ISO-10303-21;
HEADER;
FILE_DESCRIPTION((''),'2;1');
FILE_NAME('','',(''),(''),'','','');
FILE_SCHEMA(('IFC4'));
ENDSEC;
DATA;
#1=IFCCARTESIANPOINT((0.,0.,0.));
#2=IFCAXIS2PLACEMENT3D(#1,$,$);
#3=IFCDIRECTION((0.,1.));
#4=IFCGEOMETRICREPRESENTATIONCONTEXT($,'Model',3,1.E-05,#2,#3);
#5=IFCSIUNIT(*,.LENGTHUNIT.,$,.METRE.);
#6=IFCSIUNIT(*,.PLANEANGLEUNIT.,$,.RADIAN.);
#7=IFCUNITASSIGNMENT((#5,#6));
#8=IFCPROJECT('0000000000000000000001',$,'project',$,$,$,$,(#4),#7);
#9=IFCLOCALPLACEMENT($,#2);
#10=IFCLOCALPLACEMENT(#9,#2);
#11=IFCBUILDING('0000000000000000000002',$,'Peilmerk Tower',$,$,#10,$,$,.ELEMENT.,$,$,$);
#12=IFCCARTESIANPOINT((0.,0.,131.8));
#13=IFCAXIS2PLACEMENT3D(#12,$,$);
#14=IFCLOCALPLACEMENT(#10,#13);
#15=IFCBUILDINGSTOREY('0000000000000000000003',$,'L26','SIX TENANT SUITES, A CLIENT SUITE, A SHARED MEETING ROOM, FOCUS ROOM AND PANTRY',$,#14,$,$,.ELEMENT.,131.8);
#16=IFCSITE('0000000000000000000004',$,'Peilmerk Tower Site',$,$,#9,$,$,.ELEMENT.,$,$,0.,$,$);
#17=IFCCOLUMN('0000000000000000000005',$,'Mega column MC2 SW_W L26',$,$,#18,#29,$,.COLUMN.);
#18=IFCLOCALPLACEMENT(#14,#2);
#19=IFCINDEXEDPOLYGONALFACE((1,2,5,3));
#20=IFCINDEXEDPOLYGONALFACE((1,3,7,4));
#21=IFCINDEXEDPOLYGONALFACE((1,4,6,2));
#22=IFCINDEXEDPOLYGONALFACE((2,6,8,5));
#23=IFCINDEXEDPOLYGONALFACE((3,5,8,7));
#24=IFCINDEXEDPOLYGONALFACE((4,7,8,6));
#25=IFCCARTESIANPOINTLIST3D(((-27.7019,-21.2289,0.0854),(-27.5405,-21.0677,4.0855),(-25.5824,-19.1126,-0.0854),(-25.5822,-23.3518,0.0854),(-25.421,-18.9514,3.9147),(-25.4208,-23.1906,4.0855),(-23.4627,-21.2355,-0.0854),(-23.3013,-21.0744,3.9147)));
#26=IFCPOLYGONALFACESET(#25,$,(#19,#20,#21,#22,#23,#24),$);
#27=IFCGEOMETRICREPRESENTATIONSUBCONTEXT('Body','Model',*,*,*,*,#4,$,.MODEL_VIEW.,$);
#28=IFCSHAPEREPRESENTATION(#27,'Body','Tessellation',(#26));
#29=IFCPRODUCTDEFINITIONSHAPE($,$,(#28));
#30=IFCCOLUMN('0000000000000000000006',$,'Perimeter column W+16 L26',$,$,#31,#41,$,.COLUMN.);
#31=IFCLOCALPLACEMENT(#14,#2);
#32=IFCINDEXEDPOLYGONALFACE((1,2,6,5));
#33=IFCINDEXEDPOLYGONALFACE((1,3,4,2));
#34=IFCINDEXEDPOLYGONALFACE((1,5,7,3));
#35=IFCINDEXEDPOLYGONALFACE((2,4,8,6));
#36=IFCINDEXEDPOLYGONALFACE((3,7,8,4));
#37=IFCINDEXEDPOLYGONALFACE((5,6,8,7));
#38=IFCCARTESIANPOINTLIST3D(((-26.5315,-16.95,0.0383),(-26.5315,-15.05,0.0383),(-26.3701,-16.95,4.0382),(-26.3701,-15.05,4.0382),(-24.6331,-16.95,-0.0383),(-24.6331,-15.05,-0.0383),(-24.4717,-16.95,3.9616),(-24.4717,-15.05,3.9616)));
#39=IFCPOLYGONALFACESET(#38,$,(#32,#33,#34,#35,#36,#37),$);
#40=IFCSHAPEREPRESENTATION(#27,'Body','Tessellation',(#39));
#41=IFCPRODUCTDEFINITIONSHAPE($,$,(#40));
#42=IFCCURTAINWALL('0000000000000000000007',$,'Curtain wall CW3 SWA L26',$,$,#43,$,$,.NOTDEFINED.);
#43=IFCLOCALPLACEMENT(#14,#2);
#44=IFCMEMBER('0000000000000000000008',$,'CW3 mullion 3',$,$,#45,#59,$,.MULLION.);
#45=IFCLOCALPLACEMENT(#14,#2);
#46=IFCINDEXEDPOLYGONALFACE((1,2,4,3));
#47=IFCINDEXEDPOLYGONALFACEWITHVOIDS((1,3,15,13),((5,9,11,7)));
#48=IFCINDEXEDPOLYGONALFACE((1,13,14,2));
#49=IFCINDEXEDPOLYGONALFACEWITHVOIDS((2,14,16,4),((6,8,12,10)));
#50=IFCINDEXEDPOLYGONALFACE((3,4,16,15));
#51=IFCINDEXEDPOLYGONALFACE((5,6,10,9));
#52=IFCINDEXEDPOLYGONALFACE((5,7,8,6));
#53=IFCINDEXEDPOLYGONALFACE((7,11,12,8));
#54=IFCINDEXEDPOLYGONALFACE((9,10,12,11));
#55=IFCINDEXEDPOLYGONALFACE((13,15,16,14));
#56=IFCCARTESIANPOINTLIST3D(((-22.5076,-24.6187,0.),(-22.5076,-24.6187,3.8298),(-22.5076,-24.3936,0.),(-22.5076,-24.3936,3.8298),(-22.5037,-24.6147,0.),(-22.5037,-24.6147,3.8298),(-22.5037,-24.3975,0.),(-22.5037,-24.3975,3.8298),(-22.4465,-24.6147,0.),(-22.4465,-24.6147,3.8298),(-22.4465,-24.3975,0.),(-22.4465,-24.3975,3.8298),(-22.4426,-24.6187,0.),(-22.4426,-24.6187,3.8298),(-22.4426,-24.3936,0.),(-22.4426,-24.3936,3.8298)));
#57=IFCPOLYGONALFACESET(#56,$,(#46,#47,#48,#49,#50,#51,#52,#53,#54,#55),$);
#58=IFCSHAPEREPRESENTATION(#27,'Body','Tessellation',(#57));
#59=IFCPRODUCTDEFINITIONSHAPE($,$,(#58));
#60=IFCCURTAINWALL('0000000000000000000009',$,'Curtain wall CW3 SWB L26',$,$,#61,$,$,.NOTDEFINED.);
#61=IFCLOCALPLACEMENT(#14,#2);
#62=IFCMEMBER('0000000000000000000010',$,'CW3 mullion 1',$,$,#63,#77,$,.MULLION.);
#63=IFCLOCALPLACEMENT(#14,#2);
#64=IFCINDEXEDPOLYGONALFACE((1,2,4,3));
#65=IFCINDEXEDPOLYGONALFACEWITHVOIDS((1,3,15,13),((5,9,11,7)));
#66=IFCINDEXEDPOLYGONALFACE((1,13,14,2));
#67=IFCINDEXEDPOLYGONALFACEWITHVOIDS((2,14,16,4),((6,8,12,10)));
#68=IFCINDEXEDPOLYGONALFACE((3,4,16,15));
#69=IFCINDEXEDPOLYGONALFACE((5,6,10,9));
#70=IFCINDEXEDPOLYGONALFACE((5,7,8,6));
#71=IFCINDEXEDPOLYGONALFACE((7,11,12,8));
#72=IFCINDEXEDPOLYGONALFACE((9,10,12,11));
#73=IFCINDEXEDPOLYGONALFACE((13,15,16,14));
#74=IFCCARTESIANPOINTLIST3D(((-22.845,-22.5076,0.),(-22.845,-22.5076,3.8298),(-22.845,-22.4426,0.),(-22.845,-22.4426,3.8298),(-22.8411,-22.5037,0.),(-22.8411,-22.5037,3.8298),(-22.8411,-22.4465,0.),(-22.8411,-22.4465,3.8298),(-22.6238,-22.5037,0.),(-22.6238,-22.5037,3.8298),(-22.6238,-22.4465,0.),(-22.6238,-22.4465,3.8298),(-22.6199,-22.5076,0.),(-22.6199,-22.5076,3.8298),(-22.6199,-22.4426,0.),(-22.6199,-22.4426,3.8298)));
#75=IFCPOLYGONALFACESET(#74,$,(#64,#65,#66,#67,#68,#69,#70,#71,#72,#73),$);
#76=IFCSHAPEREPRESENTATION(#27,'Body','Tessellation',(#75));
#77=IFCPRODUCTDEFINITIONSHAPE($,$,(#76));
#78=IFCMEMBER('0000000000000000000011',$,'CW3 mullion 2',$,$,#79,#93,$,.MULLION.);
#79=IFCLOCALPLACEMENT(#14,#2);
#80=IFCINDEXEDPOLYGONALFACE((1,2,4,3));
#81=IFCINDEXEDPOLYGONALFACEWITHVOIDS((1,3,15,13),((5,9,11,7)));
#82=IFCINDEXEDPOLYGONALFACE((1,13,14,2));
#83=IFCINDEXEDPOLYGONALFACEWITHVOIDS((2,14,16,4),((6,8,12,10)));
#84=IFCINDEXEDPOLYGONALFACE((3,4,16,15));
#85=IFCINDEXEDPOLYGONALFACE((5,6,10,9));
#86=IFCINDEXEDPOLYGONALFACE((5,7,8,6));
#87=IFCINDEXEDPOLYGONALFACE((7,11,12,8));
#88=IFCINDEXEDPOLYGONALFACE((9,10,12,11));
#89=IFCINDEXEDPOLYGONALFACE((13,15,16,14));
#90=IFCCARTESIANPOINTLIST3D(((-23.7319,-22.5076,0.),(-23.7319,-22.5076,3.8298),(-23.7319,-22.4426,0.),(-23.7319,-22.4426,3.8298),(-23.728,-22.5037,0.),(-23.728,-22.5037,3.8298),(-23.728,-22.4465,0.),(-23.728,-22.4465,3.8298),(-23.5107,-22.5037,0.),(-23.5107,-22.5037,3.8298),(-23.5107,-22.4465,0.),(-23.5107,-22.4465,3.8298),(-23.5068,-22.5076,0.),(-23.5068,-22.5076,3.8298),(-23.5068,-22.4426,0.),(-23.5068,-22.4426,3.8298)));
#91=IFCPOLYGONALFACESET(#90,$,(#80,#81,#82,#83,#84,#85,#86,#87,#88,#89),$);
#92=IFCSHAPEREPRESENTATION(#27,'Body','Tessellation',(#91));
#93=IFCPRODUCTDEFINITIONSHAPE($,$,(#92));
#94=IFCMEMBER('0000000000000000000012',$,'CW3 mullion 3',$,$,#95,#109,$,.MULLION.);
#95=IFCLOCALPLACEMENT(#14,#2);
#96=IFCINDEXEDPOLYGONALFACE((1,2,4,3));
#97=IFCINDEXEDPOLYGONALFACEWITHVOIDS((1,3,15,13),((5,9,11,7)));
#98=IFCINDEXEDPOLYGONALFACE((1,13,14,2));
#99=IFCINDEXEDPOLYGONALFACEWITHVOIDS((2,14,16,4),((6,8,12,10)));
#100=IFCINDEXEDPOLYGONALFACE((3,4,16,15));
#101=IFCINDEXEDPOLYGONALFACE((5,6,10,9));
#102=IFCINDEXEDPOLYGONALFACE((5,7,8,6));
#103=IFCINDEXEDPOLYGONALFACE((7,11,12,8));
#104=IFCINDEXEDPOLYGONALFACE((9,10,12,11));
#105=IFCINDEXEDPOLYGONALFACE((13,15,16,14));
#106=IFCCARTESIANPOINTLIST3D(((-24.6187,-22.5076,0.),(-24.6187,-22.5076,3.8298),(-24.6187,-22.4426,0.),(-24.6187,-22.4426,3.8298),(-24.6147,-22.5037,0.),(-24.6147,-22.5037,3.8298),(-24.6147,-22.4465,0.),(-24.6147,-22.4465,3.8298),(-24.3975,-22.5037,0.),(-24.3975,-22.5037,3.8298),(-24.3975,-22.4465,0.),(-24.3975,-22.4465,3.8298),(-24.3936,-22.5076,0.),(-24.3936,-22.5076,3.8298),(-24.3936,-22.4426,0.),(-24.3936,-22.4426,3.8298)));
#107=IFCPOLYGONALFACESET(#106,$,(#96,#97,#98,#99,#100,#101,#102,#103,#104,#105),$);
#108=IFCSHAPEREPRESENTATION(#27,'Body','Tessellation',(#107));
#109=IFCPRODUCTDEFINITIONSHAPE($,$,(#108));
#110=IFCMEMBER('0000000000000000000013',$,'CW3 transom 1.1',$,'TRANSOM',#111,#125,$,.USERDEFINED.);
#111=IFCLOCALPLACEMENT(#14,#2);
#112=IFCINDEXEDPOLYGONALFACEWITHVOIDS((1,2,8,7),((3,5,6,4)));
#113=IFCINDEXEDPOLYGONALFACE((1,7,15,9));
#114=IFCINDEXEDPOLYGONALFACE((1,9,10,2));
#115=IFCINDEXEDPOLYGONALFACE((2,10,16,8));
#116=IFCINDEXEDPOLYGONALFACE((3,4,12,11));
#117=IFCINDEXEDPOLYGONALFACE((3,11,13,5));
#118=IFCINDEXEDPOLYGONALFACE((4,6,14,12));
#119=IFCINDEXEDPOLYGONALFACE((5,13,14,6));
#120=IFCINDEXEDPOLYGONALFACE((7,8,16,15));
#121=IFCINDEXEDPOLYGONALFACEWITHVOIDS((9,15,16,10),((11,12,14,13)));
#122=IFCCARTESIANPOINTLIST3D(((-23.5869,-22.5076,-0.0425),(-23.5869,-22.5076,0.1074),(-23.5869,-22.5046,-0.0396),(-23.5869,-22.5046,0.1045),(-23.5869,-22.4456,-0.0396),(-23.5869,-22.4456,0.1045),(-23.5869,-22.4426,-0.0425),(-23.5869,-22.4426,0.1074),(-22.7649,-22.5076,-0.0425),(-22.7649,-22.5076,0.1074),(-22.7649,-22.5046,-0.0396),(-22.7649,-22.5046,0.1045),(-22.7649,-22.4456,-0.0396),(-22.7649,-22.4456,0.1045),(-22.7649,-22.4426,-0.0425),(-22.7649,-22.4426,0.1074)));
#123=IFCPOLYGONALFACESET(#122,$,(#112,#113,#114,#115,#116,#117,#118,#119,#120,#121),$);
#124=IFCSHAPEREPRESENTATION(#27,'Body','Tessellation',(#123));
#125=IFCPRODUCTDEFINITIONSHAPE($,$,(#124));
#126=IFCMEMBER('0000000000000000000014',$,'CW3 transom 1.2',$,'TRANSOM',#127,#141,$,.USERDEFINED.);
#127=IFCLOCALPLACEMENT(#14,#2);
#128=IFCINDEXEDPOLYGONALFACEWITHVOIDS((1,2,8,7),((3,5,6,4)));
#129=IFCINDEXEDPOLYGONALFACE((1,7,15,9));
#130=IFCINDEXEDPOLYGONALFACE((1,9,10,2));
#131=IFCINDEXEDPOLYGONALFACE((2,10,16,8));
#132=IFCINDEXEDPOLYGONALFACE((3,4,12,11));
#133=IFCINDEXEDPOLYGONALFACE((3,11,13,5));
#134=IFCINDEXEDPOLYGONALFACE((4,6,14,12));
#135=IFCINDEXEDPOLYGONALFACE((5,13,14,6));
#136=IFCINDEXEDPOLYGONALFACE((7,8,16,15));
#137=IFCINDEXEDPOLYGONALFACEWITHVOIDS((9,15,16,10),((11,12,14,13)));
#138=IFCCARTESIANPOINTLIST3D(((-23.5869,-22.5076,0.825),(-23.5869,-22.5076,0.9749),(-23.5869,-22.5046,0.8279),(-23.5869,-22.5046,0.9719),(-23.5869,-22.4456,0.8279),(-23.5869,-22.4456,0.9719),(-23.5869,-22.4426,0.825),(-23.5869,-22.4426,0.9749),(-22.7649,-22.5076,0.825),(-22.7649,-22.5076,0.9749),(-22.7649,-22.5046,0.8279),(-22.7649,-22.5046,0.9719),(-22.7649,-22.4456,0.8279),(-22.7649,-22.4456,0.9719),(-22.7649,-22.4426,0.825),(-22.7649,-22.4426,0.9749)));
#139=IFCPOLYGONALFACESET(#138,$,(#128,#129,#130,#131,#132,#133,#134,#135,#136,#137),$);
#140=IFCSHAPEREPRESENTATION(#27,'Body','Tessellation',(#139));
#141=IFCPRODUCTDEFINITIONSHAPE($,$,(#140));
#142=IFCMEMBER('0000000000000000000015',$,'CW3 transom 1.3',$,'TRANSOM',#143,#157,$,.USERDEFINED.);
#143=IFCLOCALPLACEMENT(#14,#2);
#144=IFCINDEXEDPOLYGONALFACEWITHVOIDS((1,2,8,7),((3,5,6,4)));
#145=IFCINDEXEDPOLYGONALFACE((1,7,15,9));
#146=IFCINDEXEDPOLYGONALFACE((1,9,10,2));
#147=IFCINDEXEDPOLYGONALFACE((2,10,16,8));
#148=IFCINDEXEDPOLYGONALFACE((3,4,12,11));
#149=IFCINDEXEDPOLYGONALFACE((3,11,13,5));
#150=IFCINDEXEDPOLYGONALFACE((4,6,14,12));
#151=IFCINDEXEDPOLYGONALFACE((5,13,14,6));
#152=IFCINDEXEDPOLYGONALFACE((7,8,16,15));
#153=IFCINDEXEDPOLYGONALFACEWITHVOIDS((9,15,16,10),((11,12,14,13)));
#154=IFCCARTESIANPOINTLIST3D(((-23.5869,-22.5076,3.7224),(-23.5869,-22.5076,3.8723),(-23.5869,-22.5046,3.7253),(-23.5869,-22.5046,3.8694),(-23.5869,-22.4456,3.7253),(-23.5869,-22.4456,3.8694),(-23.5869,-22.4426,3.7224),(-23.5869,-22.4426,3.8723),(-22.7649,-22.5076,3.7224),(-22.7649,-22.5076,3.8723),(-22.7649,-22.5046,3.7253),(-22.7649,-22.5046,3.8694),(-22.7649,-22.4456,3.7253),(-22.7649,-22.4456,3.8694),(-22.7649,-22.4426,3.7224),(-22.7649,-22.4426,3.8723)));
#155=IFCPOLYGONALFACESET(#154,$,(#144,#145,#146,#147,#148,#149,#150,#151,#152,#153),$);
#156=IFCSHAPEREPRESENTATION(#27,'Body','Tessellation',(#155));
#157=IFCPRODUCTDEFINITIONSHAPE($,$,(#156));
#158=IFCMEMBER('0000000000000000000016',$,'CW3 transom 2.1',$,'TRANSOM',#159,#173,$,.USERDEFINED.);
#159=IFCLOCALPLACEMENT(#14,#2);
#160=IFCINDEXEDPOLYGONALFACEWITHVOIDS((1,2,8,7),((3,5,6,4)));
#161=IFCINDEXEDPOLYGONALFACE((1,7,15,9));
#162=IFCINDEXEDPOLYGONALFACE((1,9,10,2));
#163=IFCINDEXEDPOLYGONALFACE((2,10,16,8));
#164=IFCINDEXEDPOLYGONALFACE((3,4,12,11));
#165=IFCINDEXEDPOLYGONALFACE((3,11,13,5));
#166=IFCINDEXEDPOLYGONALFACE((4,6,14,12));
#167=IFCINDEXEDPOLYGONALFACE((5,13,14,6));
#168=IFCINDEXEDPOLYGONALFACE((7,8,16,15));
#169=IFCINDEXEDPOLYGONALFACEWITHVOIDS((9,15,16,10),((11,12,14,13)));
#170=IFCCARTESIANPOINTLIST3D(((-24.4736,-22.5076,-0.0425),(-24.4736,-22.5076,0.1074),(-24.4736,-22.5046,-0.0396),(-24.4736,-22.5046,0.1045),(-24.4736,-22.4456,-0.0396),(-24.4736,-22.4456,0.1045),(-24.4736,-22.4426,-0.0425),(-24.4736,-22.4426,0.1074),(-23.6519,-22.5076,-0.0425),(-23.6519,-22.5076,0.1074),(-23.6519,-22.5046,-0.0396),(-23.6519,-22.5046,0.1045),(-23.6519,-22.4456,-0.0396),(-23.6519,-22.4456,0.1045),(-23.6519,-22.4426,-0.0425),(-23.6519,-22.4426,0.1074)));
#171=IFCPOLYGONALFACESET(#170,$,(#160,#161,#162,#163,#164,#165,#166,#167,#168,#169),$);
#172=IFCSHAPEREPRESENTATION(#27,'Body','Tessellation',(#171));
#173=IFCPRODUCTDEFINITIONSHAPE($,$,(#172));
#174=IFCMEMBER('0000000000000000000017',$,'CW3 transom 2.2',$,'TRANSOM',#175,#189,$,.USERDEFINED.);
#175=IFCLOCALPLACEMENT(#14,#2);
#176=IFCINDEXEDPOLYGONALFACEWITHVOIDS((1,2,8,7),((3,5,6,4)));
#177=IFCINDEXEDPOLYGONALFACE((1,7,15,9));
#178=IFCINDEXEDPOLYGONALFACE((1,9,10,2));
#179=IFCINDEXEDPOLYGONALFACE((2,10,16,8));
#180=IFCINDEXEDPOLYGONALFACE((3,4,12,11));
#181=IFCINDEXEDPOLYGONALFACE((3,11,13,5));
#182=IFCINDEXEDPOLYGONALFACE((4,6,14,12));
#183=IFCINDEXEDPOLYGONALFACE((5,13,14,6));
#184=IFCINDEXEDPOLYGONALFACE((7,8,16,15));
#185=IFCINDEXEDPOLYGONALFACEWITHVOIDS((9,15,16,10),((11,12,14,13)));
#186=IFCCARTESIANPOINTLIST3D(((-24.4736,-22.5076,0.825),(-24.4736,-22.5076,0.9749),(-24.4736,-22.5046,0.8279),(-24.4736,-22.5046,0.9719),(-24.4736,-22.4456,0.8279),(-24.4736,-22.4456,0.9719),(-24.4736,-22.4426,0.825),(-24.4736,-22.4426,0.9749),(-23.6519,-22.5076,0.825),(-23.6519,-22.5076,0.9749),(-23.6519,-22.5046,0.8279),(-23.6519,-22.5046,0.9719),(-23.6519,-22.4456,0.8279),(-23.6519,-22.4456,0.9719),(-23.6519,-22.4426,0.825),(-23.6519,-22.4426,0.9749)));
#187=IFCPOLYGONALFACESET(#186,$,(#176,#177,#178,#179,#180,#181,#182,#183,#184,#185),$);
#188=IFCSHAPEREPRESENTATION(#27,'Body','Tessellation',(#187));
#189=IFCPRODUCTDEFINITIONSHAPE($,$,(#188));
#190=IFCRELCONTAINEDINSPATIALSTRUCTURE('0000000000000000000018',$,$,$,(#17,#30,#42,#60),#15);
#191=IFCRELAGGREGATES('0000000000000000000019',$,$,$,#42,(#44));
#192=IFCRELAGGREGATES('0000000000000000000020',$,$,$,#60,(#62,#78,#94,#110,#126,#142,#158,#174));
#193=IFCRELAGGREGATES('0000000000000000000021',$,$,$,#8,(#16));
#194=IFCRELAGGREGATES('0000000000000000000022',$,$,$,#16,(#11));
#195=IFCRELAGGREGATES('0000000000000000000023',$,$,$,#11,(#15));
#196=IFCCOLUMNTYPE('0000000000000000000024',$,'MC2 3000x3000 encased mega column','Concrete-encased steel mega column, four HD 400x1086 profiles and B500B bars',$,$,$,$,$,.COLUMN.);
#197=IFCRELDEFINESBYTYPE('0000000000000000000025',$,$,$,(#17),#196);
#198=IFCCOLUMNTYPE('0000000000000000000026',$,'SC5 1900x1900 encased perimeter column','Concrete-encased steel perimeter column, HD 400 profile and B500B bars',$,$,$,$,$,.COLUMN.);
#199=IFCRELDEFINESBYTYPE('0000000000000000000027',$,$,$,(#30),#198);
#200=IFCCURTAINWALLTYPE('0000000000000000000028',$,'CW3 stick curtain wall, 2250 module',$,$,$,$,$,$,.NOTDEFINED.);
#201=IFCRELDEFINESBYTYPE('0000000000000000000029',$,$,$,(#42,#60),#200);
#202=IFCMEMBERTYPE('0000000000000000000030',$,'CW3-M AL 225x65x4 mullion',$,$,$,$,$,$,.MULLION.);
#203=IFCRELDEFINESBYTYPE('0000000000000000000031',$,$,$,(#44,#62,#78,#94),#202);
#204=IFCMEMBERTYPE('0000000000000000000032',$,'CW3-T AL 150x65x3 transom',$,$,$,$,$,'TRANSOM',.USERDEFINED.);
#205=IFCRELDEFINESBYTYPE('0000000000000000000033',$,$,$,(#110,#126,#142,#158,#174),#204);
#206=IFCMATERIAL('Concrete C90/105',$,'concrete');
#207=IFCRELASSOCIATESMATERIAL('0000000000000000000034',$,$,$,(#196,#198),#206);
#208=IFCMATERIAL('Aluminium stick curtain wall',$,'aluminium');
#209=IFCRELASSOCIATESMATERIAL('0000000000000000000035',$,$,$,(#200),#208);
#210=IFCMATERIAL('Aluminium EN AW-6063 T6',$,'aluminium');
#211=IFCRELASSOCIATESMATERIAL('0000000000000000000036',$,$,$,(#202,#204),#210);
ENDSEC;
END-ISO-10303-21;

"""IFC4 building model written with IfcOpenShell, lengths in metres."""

from ifc_helpers import new_model, si_unit, direction, frame, origin, origin_2d, place, context, subcontext, project, spatial, rectangle, hollow_rectangle, extrude, material, material_profile, profile_set, type_object, element, aggregate, save


model = new_model("IFC4")

# Units and contexts
model_context = context("Model", 3, precision=1e-05, world=origin(), true_north=direction((0.0, 1.0)))
body_context = subcontext(model_context, "Body", "Model", "MODEL_VIEW")
ifc_project = project(units=[si_unit("LENGTHUNIT", "METRE"), si_unit("PLANEANGLEUNIT", "RADIAN")], contexts=[model_context])

# Site, building, storey
site_placement = place(None, origin())
site = spatial("IfcSite", under=ifc_project, at=site_placement, Name="Peilmerk Tower Site", CompositionType="ELEMENT", RefElevation=0.0)
building_placement = place(site_placement, origin())
building = spatial("IfcBuilding", under=site, at=building_placement, Name="Peilmerk Tower", CompositionType="ELEMENT")
storey_placement = place(building_placement, frame((0.0, 0.0, 131.8)))
storey = spatial("IfcBuildingStorey", under=building, at=storey_placement, Name="L26", Description="SIX TENANT SUITES, A CLIENT SUITE, A SHARED MEETING ROOM, FOCUS ROOM AND PANTRY", CompositionType="ELEMENT", Elevation=131.8)

# Columns
ifc_material_1 = material(Name="Concrete C90/105", Category="concrete")
ifc_material_profile_1 = material_profile(ifc_material_1, rectangle(XDim=3.0, YDim=3.0, at=origin_2d()), Name="RC 3000x3000")
ifc_profile_set_1 = profile_set([ifc_material_profile_1], Name="Concrete C90/105")
column_type_1 = type_object("IfcColumnType", Name="MC2 3000x3000 encased mega column", Description="Concrete-encased steel mega column, four HD 400x1086 profiles and B500B bars", PredefinedType="COLUMN", material=ifc_profile_set_1)
column_1_placement = place(storey_placement, frame((-25.5823, -21.2322, 0.0), z_axis=(0.040279, 0.040218, 0.998379), x_axis=(-0.706571, 0.707642, 0.0)))
element("IfcColumn", 1, at=column_1_placement, inside=storey, type_object=column_type_1, Name="Mega column MC2 SW_W L26", PredefinedType="COLUMN", context=body_context, shape_type="SweptSolid", body=[
    extrude(rectangle(XDim=3.0, YDim=3.0, at=origin_2d()), origin(), (0.0, 0.0, 1.0), 4.0066),
])
ifc_material_profile_2 = material_profile(ifc_material_1, rectangle(XDim=1.8999, YDim=1.8999, at=origin_2d()), Name="RC 1900x1900")
ifc_profile_set_2 = profile_set([ifc_material_profile_2], Name="Concrete C90/105")
column_type_2 = type_object("IfcColumnType", Name="SC5 1900x1900 encased perimeter column", Description="Concrete-encased steel perimeter column, HD 400 profile and B500B bars", PredefinedType="COLUMN", material=ifc_profile_set_2)
column_2_placement = place(storey_placement, frame((-25.5823, -16.0, 0.0), z_axis=(0.040311, 0.0, 0.999187), x_axis=(0.0, 1.0, 0.0)))
element("IfcColumn", 2, at=column_2_placement, inside=storey, type_object=column_type_2, Name="Perimeter column W+16 L26", PredefinedType="COLUMN", context=body_context, shape_type="SweptSolid", body=[
    extrude(rectangle(XDim=1.8999, YDim=1.8999, at=origin_2d()), origin(), (0.0, 0.0, 1.0), 4.0032),
])

# Curtain wall, member
ifc_material_2 = material(Name="Aluminium stick curtain wall", Category="aluminium")
curtain_wall_type = type_object("IfcCurtainWallType", Name="CW3 stick curtain wall, 2250 module", PredefinedType="NOTDEFINED", material=ifc_material_2)
curtain_wall_1_placement = place(storey_placement, origin())
curtain_wall_1 = element("IfcCurtainWall", 3, at=curtain_wall_1_placement, inside=storey, type_object=curtain_wall_type, Name="Curtain wall CW3 SWA L26", PredefinedType="NOTDEFINED")
ifc_material_3 = material(Name="Aluminium EN AW-6063 T6", Category="aluminium")
ifc_material_profile_3 = material_profile(ifc_material_3, hollow_rectangle(XDim=0.0649, YDim=0.2251, WallThickness=0.0039, at=origin_2d()), Name="AL 225x65x4")
ifc_profile_set_3 = profile_set([ifc_material_profile_3], Name="Aluminium EN AW-6063 T6")
member_type_1 = type_object("IfcMemberType", Name="CW3-M AL 225x65x4 mullion", PredefinedType="MULLION", material=ifc_profile_set_3)
member_1_placement = place(storey_placement, frame((-22.4751, -24.5061, 0.0), z_axis=(0.0, 0.0, 1.0), x_axis=(1.0, 0.0, 0.0)))
member_1 = element("IfcMember", 4, at=member_1_placement, type_object=member_type_1, Name="CW3 mullion 3", PredefinedType="MULLION", context=body_context, shape_type="SweptSolid", body=[
    extrude(hollow_rectangle(XDim=0.0649, YDim=0.2251, WallThickness=0.0039, at=origin_2d()), origin(), (0.0, 0.0, 1.0), 3.8298),
])

# Curtain wall, members
curtain_wall_2_placement = place(storey_placement, origin())
curtain_wall_2 = element("IfcCurtainWall", 5, at=curtain_wall_2_placement, inside=storey, type_object=curtain_wall_type, Name="Curtain wall CW3 SWB L26", PredefinedType="NOTDEFINED")
member_2_placement = place(storey_placement, frame((-22.7324, -22.4751, 0.0), z_axis=(0.0, 0.0, 1.0), x_axis=(0.0, -1.0, 0.0)))
member_2 = element("IfcMember", 6, at=member_2_placement, type_object=member_type_1, Name="CW3 mullion 1", PredefinedType="MULLION", context=body_context, shape_type="SweptSolid", body=[
    extrude(hollow_rectangle(XDim=0.0649, YDim=0.2251, WallThickness=0.0039, at=origin_2d()), origin(), (0.0, 0.0, 1.0), 3.8298),
])
member_3_placement = place(storey_placement, frame((-23.6194, -22.4751, 0.0), z_axis=(0.0, 0.0, 1.0), x_axis=(0.0, -1.0, 0.0)))
member_3 = element("IfcMember", 7, at=member_3_placement, type_object=member_type_1, Name="CW3 mullion 2", PredefinedType="MULLION", context=body_context, shape_type="SweptSolid", body=[
    extrude(hollow_rectangle(XDim=0.0649, YDim=0.2251, WallThickness=0.0039, at=origin_2d()), origin(), (0.0, 0.0, 1.0), 3.8298),
])
member_4_placement = place(storey_placement, frame((-24.5061, -22.4751, 0.0), z_axis=(0.0, 0.0, 1.0), x_axis=(0.0, -1.0, 0.0)))
member_4 = element("IfcMember", 8, at=member_4_placement, type_object=member_type_1, Name="CW3 mullion 3", PredefinedType="MULLION", context=body_context, shape_type="SweptSolid", body=[
    extrude(hollow_rectangle(XDim=0.0649, YDim=0.2251, WallThickness=0.0039, at=origin_2d()), origin(), (0.0, 0.0, 1.0), 3.8298),
])
ifc_material_profile_4 = material_profile(ifc_material_3, hollow_rectangle(XDim=0.0649, YDim=0.1499, WallThickness=0.0029, at=origin_2d()), Name="AL 150x65x3")
ifc_profile_set_4 = profile_set([ifc_material_profile_4], Name="Aluminium EN AW-6063 T6")
member_type_2 = type_object("IfcMemberType", Name="CW3-T AL 150x65x3 transom", ElementType="TRANSOM", PredefinedType="USERDEFINED", material=ifc_profile_set_4)
member_5_placement = place(storey_placement, frame((-22.7649, -22.4751, 0.0325), z_axis=(-1.0, 0.0, 0.0), x_axis=(0.0, -1.0, 0.0)))
member_5 = element("IfcMember", 9, at=member_5_placement, type_object=member_type_2, Name="CW3 transom 1.1", ObjectType="TRANSOM", PredefinedType="USERDEFINED", context=body_context, shape_type="SweptSolid", body=[
    extrude(hollow_rectangle(XDim=0.0649, YDim=0.1499, WallThickness=0.0029, at=origin_2d()), origin(), (0.0, 0.0, 1.0), 0.822),
])
member_6_placement = place(storey_placement, frame((-22.7649, -22.4751, 0.8999), z_axis=(-1.0, 0.0, 0.0), x_axis=(0.0, -1.0, 0.0)))
member_6 = element("IfcMember", 10, at=member_6_placement, type_object=member_type_2, Name="CW3 transom 1.2", ObjectType="TRANSOM", PredefinedType="USERDEFINED", context=body_context, shape_type="SweptSolid", body=[
    extrude(hollow_rectangle(XDim=0.0649, YDim=0.1499, WallThickness=0.0029, at=origin_2d()), origin(), (0.0, 0.0, 1.0), 0.822),
])
member_7_placement = place(storey_placement, frame((-22.7649, -22.4751, 3.7974), z_axis=(-1.0, 0.0, 0.0), x_axis=(0.0, -1.0, 0.0)))
member_7 = element("IfcMember", 11, at=member_7_placement, type_object=member_type_2, Name="CW3 transom 1.3", ObjectType="TRANSOM", PredefinedType="USERDEFINED", context=body_context, shape_type="SweptSolid", body=[
    extrude(hollow_rectangle(XDim=0.0649, YDim=0.1499, WallThickness=0.0029, at=origin_2d()), origin(), (0.0, 0.0, 1.0), 0.822),
])
member_8_placement = place(storey_placement, frame((-23.6519, -22.4751, 0.0325), z_axis=(-1.0, 0.0, 0.0), x_axis=(0.0, -1.0, 0.0)))
member_8 = element("IfcMember", 12, at=member_8_placement, type_object=member_type_2, Name="CW3 transom 2.1", ObjectType="TRANSOM", PredefinedType="USERDEFINED", context=body_context, shape_type="SweptSolid", body=[
    extrude(hollow_rectangle(XDim=0.0649, YDim=0.1499, WallThickness=0.0029, at=origin_2d()), origin(), (0.0, 0.0, 1.0), 0.8218),
])
member_9_placement = place(storey_placement, frame((-23.6519, -22.4751, 0.8999), z_axis=(-1.0, 0.0, 0.0), x_axis=(0.0, -1.0, 0.0)))
member_9 = element("IfcMember", 13, at=member_9_placement, type_object=member_type_2, Name="CW3 transom 2.2", ObjectType="TRANSOM", PredefinedType="USERDEFINED", context=body_context, shape_type="SweptSolid", body=[
    extrude(hollow_rectangle(XDim=0.0649, YDim=0.1499, WallThickness=0.0029, at=origin_2d()), origin(), (0.0, 0.0, 1.0), 0.8218),
])

aggregate(curtain_wall_1, [member_1])
aggregate(curtain_wall_2, [member_2, member_3, member_4, member_5, member_6, member_7, member_8, member_9])

save(model, "model.ifc")
